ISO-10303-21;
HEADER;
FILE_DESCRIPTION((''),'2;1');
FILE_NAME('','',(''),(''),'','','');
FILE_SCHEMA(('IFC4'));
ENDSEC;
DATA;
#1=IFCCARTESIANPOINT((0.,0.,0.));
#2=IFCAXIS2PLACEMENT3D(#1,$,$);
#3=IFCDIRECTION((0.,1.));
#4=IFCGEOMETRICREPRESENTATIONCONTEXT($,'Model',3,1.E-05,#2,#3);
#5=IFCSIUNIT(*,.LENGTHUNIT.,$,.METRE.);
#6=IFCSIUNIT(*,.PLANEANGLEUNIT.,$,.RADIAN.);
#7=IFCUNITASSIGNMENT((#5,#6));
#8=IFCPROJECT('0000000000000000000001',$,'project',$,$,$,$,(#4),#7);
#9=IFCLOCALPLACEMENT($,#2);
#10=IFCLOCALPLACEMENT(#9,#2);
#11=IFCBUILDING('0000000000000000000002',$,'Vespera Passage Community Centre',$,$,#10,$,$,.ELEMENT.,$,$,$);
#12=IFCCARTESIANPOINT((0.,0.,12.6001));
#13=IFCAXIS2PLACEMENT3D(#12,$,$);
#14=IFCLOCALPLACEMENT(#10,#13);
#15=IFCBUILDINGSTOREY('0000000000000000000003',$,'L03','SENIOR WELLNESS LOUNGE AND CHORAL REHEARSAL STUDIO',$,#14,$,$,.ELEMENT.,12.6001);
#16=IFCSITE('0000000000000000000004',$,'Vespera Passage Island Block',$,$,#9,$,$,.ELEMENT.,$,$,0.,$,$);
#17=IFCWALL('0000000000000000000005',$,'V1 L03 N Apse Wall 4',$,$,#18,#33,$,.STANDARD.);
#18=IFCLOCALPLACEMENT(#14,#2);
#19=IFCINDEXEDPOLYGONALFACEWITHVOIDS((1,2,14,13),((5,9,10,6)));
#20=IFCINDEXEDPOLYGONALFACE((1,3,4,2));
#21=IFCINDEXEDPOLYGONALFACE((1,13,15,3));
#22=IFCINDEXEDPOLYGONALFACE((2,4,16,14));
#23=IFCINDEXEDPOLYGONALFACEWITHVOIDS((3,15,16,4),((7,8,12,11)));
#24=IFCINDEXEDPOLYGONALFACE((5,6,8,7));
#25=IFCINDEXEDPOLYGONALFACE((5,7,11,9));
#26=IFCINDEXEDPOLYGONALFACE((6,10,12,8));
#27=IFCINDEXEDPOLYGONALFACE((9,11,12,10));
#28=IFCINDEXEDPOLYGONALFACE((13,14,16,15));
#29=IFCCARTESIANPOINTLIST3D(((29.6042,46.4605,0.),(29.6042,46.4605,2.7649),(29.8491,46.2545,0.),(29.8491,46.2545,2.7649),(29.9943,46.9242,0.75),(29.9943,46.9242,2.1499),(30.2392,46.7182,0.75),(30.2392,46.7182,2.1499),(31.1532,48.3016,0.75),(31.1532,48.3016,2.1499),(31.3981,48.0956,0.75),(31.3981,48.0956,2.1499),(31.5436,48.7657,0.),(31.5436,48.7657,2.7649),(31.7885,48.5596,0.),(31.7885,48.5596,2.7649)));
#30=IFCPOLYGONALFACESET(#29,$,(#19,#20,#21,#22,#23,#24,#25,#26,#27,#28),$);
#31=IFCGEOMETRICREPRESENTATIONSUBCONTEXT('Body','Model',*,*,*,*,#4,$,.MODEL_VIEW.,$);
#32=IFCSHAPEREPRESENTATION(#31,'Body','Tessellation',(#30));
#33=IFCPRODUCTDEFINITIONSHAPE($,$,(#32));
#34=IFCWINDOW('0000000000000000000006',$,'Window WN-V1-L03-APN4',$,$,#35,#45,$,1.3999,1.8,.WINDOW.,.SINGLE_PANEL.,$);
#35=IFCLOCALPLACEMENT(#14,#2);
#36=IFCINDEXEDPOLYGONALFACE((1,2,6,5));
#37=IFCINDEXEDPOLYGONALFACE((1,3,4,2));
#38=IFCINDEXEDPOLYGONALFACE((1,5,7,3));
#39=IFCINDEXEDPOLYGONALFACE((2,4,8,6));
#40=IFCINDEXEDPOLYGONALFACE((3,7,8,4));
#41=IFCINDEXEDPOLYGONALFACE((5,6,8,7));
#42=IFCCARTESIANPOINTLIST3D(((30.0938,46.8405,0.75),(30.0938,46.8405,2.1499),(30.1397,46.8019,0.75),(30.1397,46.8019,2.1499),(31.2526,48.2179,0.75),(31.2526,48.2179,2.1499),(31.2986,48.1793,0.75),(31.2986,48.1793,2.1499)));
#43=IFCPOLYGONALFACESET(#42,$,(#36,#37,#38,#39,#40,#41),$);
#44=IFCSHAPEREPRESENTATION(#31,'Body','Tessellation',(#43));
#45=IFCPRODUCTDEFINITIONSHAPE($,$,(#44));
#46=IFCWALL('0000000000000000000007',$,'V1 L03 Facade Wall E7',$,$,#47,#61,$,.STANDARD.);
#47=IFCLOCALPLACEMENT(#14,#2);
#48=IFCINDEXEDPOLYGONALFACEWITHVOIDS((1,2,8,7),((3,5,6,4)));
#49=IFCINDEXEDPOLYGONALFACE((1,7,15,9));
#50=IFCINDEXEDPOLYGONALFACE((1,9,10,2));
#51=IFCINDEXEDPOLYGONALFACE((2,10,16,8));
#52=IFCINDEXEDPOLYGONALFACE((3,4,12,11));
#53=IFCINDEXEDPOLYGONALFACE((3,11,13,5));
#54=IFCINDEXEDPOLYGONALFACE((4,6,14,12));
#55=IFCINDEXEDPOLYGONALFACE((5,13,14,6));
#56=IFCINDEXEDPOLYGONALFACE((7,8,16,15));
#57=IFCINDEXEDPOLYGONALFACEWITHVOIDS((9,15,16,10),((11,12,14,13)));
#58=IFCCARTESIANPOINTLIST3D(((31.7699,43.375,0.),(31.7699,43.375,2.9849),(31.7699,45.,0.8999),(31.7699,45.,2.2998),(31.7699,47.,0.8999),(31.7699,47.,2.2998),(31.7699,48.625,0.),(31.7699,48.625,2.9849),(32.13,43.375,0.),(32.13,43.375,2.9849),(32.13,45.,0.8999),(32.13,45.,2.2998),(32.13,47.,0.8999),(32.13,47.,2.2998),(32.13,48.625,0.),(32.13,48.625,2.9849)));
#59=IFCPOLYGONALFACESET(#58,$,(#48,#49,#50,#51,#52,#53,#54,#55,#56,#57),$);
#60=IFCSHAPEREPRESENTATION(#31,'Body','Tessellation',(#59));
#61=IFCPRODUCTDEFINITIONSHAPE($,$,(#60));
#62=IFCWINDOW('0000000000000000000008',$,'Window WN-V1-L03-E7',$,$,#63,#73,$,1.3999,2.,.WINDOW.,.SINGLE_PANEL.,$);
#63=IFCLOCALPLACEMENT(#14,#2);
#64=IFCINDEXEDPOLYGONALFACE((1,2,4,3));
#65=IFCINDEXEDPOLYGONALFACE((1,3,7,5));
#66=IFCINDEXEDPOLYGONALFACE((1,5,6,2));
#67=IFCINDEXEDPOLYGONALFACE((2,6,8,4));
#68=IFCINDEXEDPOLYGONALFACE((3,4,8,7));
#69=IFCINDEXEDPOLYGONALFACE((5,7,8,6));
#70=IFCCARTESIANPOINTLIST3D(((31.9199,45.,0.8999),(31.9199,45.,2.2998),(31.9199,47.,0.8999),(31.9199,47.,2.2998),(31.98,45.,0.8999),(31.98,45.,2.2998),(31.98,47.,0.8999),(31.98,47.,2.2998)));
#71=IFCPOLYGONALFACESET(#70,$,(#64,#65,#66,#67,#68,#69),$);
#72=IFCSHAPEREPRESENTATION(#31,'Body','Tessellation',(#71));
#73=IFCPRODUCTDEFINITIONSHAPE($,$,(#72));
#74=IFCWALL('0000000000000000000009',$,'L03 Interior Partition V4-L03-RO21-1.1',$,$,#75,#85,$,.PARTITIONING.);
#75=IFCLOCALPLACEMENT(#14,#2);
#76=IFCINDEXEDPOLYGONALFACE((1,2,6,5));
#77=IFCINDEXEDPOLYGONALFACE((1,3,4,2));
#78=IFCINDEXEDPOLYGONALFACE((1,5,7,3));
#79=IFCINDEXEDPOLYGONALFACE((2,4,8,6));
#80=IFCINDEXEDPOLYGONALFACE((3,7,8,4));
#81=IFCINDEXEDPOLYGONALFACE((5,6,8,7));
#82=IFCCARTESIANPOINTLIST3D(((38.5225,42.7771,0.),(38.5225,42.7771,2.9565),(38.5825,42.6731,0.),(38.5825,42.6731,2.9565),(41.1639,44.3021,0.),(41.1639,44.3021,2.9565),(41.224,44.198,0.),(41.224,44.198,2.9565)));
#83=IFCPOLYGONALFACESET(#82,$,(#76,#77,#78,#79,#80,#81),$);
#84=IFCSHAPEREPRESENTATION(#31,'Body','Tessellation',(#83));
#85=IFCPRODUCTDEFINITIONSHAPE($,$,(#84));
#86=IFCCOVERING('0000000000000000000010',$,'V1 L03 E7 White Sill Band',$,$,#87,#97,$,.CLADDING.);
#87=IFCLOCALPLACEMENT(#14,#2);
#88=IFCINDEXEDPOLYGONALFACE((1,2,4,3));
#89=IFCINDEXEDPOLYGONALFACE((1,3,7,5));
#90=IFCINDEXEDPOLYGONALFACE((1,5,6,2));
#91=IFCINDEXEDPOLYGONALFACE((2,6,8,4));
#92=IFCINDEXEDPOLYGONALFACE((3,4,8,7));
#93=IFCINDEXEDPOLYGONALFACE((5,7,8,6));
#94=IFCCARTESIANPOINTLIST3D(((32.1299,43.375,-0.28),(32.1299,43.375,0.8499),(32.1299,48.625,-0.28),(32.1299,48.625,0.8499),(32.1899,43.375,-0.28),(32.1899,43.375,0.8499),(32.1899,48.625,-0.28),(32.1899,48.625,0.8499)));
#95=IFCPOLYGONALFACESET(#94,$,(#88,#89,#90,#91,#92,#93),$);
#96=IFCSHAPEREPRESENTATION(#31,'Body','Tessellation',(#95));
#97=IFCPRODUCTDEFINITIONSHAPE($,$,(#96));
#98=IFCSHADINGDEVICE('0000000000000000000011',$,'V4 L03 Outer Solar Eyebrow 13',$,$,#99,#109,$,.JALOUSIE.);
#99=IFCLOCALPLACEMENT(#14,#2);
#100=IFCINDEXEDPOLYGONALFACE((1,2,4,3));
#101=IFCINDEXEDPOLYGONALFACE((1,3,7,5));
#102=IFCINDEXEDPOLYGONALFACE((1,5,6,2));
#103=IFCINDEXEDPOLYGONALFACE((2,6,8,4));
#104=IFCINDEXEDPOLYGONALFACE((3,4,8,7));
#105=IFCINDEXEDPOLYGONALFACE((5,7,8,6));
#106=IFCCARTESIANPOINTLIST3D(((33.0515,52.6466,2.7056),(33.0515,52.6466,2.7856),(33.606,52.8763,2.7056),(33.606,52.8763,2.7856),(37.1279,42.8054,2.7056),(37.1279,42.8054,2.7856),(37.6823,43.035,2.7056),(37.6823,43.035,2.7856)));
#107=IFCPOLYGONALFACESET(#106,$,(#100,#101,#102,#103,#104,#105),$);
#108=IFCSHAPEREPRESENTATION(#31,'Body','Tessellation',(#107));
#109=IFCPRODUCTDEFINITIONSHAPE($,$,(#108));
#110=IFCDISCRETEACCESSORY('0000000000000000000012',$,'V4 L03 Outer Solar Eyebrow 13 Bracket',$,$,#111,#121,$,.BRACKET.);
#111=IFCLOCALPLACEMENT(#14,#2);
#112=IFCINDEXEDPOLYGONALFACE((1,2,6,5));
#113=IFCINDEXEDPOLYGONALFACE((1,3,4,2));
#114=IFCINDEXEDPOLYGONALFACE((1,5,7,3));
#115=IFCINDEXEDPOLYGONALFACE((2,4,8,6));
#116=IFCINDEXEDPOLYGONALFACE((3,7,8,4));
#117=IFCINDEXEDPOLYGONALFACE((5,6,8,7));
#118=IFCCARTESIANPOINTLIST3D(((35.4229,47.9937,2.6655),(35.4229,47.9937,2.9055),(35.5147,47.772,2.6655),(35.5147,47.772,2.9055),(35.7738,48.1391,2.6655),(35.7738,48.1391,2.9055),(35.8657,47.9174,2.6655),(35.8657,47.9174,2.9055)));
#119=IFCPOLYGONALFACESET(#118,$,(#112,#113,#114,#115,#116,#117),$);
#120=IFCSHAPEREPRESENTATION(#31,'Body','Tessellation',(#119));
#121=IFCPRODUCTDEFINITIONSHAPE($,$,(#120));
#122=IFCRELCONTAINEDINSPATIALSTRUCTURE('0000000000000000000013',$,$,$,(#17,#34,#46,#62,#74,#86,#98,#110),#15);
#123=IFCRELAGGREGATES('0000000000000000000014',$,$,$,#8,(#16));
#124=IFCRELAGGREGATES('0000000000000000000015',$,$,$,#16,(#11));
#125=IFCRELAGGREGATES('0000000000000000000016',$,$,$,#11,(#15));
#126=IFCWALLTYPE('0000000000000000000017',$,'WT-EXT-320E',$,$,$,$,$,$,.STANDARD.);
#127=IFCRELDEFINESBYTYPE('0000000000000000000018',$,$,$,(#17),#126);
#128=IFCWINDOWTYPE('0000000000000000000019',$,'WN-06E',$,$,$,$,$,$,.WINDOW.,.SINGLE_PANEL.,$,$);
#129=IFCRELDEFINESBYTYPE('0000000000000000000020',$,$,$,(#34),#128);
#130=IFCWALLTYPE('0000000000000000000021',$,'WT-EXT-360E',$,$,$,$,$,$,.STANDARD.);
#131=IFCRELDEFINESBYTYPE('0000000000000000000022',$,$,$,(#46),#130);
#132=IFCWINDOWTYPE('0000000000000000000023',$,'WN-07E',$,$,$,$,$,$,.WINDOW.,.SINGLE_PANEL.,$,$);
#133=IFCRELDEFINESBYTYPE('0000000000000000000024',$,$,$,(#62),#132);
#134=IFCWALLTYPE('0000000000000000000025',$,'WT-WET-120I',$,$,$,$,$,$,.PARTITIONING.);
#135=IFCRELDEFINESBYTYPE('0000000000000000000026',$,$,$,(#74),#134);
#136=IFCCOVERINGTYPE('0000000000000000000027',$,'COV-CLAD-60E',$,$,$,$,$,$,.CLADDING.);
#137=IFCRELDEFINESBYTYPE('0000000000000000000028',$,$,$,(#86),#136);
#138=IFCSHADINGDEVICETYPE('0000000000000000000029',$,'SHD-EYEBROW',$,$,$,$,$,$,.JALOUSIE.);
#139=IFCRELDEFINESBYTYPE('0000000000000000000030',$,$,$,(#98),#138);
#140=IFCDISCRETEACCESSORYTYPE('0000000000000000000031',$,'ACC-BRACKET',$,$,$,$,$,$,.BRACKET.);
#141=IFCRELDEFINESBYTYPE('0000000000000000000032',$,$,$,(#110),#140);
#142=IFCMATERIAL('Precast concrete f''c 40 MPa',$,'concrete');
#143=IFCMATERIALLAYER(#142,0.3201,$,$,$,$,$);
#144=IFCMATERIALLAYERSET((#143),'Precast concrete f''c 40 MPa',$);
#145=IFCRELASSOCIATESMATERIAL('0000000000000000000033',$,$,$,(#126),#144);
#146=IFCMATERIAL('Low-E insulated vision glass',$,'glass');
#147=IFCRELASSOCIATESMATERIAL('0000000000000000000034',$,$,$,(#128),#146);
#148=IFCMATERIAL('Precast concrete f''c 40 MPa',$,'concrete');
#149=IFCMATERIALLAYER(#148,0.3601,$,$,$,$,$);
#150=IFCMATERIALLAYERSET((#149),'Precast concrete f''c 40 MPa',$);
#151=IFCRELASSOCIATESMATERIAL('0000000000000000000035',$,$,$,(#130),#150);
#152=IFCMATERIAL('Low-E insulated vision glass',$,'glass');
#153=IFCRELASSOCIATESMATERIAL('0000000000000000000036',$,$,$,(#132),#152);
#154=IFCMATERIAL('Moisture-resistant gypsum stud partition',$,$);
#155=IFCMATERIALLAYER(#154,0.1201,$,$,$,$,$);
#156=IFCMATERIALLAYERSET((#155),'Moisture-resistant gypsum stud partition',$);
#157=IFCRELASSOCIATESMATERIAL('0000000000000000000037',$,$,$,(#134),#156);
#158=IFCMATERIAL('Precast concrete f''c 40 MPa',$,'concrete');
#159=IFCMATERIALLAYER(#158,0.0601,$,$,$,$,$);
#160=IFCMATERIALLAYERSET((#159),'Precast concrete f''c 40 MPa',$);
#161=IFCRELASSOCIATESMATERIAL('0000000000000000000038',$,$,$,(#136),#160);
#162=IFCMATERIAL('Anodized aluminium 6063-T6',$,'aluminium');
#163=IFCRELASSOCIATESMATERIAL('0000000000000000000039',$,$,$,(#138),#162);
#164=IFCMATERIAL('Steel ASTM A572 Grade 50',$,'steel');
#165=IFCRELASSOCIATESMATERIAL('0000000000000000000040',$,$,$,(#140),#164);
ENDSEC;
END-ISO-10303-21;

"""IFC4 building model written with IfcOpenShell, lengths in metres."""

from ifc_helpers import new_model, si_unit, direction, frame, frame_2d, origin, origin_2d, place, context, subcontext, project, spatial, rectangle, extrude, material, layer, layer_set, type_object, element, fill, save


model = new_model("IFC4")

# Units and contexts
model_context = context("Model", 3, precision=1e-05, world=origin(), true_north=direction((0.0, 1.0)))
body_context = subcontext(model_context, "Body", "Model", "MODEL_VIEW")
ifc_project = project(units=[si_unit("LENGTHUNIT", "METRE"), si_unit("PLANEANGLEUNIT", "RADIAN")], contexts=[model_context])

# Site, building, storey
site_placement = place(None, origin())
site = spatial("IfcSite", under=ifc_project, at=site_placement, Name="Vespera Passage Island Block", CompositionType="ELEMENT", RefElevation=0.0)
building_placement = place(site_placement, origin())
building = spatial("IfcBuilding", under=site, at=building_placement, Name="Vespera Passage Community Centre", CompositionType="ELEMENT")
storey_placement = place(building_placement, frame((0.0, 0.0, 12.6001)))
storey = spatial("IfcBuildingStorey", under=building, at=storey_placement, Name="L03", Description="SENIOR WELLNESS LOUNGE AND CHORAL REHEARSAL STUDIO", CompositionType="ELEMENT", Elevation=12.6001)

# Walls, openings, windows
ifc_material_1 = material(Name="Precast concrete f'c 40 MPa", Category="concrete")
ifc_layer_1 = layer(ifc_material_1, 0.3201)
ifc_layer_set_1 = layer_set([ifc_layer_1], Name="Precast concrete f'c 40 MPa")
wall_type_1 = type_object("IfcWallType", Name="WT-EXT-320E", PredefinedType="STANDARD", material=ifc_layer_set_1)
wall_1_placement = place(storey_placement, frame((29.7266, 46.3574, 0.0), z_axis=(0.0, 0.0, 1.0), x_axis=(0.643796, 0.765197, 0.0)))
wall_1 = element("IfcWall", 1, at=wall_1_placement, inside=storey, type_object=wall_type_1, Name="V1 L03 N Apse Wall 4", PredefinedType="STANDARD", context=body_context, shape_type="SweptSolid", body=[
    extrude(rectangle(XDim=3.0125, YDim=0.3201, at=frame_2d((1.5063, 0.0))), origin(), (0.0, 0.0, 1.0), 2.7649),
])
opening_1_placement = place(wall_1_placement, frame((0.6062, 0.0, 0.75)))
opening_1 = element("IfcOpeningElement", 2, at=opening_1_placement, cuts=wall_1, PredefinedType="OPENING", context=body_context, shape_type="SweptSolid", body=[
    extrude(rectangle(XDim=1.8, YDim=1.3999, at=frame_2d((0.8999, 0.7))), frame((0.0, 0.1702, 0.0), z_axis=(0.0, -1.0, 0.0), x_axis=(1.0, 0.0, 0.0)), (0.0, 0.0, 1.0), 0.3401),
])
ifc_material_2 = material(Name="Low-E insulated vision glass", Category="glass")
window_type_1 = type_object("IfcWindowType", Name="WN-06E", PartitioningType="SINGLE_PANEL", PredefinedType="WINDOW", material=ifc_material_2)
window_1_placement = place(opening_1_placement, origin())
window_1 = element("IfcWindow", 3, at=window_1_placement, inside=storey, type_object=window_type_1, Name="Window WN-V1-L03-APN4", OverallHeight=1.3999, OverallWidth=1.8, PartitioningType="SINGLE_PANEL", PredefinedType="WINDOW", context=body_context, shape_type="SweptSolid", body=[
    extrude(rectangle(XDim=1.8, YDim=1.3999, at=frame_2d((0.8999, 0.7))), frame((0.0, 0.03, 0.0), z_axis=(0.0, -1.0, 0.0), x_axis=(1.0, 0.0, 0.0)), (0.0, 0.0, 1.0), 0.0601),
])
fill(opening_1, window_1)
ifc_material_3 = material(Name="Precast concrete f'c 40 MPa", Category="concrete")
ifc_layer_2 = layer(ifc_material_3, 0.3601)
ifc_layer_set_2 = layer_set([ifc_layer_2], Name="Precast concrete f'c 40 MPa")
wall_type_2 = type_object("IfcWallType", Name="WT-EXT-360E", PredefinedType="STANDARD", material=ifc_layer_set_2)
wall_2_placement = place(storey_placement, frame((31.95, 48.625, 0.0), z_axis=(0.0, 0.0, 1.0), x_axis=(0.0, -1.0, 0.0)))
wall_2 = element("IfcWall", 4, at=wall_2_placement, inside=storey, type_object=wall_type_2, Name="V1 L03 Facade Wall E7", PredefinedType="STANDARD", context=body_context, shape_type="SweptSolid", body=[
    extrude(rectangle(XDim=5.25, YDim=0.3601, at=frame_2d((2.625, 0.0))), origin(), (0.0, 0.0, 1.0), 2.9849),
])
opening_2_placement = place(wall_2_placement, frame((1.625, 0.0, 0.8999)))
opening_2 = element("IfcOpeningElement", 5, at=opening_2_placement, cuts=wall_2, PredefinedType="OPENING", context=body_context, shape_type="SweptSolid", body=[
    extrude(rectangle(XDim=2.0, YDim=1.3999, at=frame_2d((1.0, 0.7))), frame((0.0, 0.1902, 0.0), z_axis=(0.0, -1.0, 0.0), x_axis=(1.0, 0.0, 0.0)), (0.0, 0.0, 1.0), 0.3801),
])
ifc_material_4 = material(Name="Low-E insulated vision glass", Category="glass")
window_type_2 = type_object("IfcWindowType", Name="WN-07E", PartitioningType="SINGLE_PANEL", PredefinedType="WINDOW", material=ifc_material_4)
window_2_placement = place(opening_2_placement, origin())
window_2 = element("IfcWindow", 6, at=window_2_placement, inside=storey, type_object=window_type_2, Name="Window WN-V1-L03-E7", OverallHeight=1.3999, OverallWidth=2.0, PartitioningType="SINGLE_PANEL", PredefinedType="WINDOW", context=body_context, shape_type="SweptSolid", body=[
    extrude(rectangle(XDim=2.0, YDim=1.3999, at=frame_2d((1.0, 0.7))), frame((0.0, 0.03, 0.0), z_axis=(0.0, -1.0, 0.0), x_axis=(1.0, 0.0, 0.0)), (0.0, 0.0, 1.0), 0.0601),
])
fill(opening_2, window_2)

# Wall
ifc_material_5 = material(Name="Moisture-resistant gypsum stud partition")
ifc_layer_3 = layer(ifc_material_5, 0.1201)
ifc_layer_set_3 = layer_set([ifc_layer_3], Name="Moisture-resistant gypsum stud partition")
wall_type_3 = type_object("IfcWallType", Name="WT-WET-120I", PredefinedType="PARTITIONING", material=ifc_layer_set_3)
wall_3_placement = place(storey_placement, frame((41.1938, 44.25, 0.0), z_axis=(0.0, 0.0, 1.0), x_axis=(-0.866038, -0.499979, 0.0)))
element("IfcWall", 7, at=wall_3_placement, inside=storey, type_object=wall_type_3, Name="L03 Interior Partition V4-L03-RO21-1.1", PredefinedType="PARTITIONING", context=body_context, shape_type="SweptSolid", body=[
    extrude(rectangle(XDim=3.05, YDim=0.1201, at=frame_2d((1.5249, 0.0))), origin(), (0.0, 0.0, 1.0), 2.9565),
])

# Covering
ifc_material_6 = material(Name="Precast concrete f'c 40 MPa", Category="concrete")
ifc_layer_4 = layer(ifc_material_6, 0.0601)
ifc_layer_set_4 = layer_set([ifc_layer_4], Name="Precast concrete f'c 40 MPa")
covering_type = type_object("IfcCoveringType", Name="COV-CLAD-60E", PredefinedType="CLADDING", material=ifc_layer_set_4)
covering_placement = place(storey_placement, frame((32.1599, 48.625, -0.28), z_axis=(0.0, 0.0, 1.0), x_axis=(0.0, -1.0, 0.0)))
element("IfcCovering", 8, at=covering_placement, inside=storey, type_object=covering_type, Name="V1 L03 E7 White Sill Band", PredefinedType="CLADDING", context=body_context, shape_type="SweptSolid", body=[
    extrude(rectangle(XDim=5.25, YDim=0.0601, at=frame_2d((2.625, 0.0))), origin(), (0.0, 0.0, 1.0), 1.1299),
])

# Shading device
ifc_material_7 = material(Name="Anodized aluminium 6063-T6", Category="aluminium")
shading_device_type = type_object("IfcShadingDeviceType", Name="SHD-EYEBROW", PredefinedType="JALOUSIE", material=ifc_material_7)
shading_device_placement = place(storey_placement, frame((35.3669, 47.8408, 2.7056), z_axis=(0.0, 0.0, 1.0), x_axis=(-0.382683, 0.92388, 0.0)))
element("IfcShadingDevice", 9, at=shading_device_placement, inside=storey, type_object=shading_device_type, Name="V4 L03 Outer Solar Eyebrow 13", PredefinedType="JALOUSIE", context=body_context, shape_type="SweptSolid", body=[
    extrude(rectangle(XDim=10.6521, YDim=0.6001, at=origin_2d()), origin(), (0.0, 0.0, 1.0), 0.0801),
])

# Discrete accessory
ifc_material_8 = material(Name="Steel ASTM A572 Grade 50", Category="steel")
discrete_accessory_type = type_object("IfcDiscreteAccessoryType", Name="ACC-BRACKET", PredefinedType="BRACKET", material=ifc_material_8)
discrete_accessory_placement = place(storey_placement, frame((35.6443, 47.9556, 2.6655), z_axis=(0.0, 0.0, 1.0), x_axis=(-0.382683, 0.92388, 0.0)))
element("IfcDiscreteAccessory", 10, at=discrete_accessory_placement, inside=storey, type_object=discrete_accessory_type, Name="V4 L03 Outer Solar Eyebrow 13 Bracket", PredefinedType="BRACKET", context=body_context, shape_type="SweptSolid", body=[
    extrude(rectangle(XDim=0.24, YDim=0.3799, at=origin_2d()), origin(), (0.0, 0.0, 1.0), 0.24),
])

save(model, "model.ifc")
